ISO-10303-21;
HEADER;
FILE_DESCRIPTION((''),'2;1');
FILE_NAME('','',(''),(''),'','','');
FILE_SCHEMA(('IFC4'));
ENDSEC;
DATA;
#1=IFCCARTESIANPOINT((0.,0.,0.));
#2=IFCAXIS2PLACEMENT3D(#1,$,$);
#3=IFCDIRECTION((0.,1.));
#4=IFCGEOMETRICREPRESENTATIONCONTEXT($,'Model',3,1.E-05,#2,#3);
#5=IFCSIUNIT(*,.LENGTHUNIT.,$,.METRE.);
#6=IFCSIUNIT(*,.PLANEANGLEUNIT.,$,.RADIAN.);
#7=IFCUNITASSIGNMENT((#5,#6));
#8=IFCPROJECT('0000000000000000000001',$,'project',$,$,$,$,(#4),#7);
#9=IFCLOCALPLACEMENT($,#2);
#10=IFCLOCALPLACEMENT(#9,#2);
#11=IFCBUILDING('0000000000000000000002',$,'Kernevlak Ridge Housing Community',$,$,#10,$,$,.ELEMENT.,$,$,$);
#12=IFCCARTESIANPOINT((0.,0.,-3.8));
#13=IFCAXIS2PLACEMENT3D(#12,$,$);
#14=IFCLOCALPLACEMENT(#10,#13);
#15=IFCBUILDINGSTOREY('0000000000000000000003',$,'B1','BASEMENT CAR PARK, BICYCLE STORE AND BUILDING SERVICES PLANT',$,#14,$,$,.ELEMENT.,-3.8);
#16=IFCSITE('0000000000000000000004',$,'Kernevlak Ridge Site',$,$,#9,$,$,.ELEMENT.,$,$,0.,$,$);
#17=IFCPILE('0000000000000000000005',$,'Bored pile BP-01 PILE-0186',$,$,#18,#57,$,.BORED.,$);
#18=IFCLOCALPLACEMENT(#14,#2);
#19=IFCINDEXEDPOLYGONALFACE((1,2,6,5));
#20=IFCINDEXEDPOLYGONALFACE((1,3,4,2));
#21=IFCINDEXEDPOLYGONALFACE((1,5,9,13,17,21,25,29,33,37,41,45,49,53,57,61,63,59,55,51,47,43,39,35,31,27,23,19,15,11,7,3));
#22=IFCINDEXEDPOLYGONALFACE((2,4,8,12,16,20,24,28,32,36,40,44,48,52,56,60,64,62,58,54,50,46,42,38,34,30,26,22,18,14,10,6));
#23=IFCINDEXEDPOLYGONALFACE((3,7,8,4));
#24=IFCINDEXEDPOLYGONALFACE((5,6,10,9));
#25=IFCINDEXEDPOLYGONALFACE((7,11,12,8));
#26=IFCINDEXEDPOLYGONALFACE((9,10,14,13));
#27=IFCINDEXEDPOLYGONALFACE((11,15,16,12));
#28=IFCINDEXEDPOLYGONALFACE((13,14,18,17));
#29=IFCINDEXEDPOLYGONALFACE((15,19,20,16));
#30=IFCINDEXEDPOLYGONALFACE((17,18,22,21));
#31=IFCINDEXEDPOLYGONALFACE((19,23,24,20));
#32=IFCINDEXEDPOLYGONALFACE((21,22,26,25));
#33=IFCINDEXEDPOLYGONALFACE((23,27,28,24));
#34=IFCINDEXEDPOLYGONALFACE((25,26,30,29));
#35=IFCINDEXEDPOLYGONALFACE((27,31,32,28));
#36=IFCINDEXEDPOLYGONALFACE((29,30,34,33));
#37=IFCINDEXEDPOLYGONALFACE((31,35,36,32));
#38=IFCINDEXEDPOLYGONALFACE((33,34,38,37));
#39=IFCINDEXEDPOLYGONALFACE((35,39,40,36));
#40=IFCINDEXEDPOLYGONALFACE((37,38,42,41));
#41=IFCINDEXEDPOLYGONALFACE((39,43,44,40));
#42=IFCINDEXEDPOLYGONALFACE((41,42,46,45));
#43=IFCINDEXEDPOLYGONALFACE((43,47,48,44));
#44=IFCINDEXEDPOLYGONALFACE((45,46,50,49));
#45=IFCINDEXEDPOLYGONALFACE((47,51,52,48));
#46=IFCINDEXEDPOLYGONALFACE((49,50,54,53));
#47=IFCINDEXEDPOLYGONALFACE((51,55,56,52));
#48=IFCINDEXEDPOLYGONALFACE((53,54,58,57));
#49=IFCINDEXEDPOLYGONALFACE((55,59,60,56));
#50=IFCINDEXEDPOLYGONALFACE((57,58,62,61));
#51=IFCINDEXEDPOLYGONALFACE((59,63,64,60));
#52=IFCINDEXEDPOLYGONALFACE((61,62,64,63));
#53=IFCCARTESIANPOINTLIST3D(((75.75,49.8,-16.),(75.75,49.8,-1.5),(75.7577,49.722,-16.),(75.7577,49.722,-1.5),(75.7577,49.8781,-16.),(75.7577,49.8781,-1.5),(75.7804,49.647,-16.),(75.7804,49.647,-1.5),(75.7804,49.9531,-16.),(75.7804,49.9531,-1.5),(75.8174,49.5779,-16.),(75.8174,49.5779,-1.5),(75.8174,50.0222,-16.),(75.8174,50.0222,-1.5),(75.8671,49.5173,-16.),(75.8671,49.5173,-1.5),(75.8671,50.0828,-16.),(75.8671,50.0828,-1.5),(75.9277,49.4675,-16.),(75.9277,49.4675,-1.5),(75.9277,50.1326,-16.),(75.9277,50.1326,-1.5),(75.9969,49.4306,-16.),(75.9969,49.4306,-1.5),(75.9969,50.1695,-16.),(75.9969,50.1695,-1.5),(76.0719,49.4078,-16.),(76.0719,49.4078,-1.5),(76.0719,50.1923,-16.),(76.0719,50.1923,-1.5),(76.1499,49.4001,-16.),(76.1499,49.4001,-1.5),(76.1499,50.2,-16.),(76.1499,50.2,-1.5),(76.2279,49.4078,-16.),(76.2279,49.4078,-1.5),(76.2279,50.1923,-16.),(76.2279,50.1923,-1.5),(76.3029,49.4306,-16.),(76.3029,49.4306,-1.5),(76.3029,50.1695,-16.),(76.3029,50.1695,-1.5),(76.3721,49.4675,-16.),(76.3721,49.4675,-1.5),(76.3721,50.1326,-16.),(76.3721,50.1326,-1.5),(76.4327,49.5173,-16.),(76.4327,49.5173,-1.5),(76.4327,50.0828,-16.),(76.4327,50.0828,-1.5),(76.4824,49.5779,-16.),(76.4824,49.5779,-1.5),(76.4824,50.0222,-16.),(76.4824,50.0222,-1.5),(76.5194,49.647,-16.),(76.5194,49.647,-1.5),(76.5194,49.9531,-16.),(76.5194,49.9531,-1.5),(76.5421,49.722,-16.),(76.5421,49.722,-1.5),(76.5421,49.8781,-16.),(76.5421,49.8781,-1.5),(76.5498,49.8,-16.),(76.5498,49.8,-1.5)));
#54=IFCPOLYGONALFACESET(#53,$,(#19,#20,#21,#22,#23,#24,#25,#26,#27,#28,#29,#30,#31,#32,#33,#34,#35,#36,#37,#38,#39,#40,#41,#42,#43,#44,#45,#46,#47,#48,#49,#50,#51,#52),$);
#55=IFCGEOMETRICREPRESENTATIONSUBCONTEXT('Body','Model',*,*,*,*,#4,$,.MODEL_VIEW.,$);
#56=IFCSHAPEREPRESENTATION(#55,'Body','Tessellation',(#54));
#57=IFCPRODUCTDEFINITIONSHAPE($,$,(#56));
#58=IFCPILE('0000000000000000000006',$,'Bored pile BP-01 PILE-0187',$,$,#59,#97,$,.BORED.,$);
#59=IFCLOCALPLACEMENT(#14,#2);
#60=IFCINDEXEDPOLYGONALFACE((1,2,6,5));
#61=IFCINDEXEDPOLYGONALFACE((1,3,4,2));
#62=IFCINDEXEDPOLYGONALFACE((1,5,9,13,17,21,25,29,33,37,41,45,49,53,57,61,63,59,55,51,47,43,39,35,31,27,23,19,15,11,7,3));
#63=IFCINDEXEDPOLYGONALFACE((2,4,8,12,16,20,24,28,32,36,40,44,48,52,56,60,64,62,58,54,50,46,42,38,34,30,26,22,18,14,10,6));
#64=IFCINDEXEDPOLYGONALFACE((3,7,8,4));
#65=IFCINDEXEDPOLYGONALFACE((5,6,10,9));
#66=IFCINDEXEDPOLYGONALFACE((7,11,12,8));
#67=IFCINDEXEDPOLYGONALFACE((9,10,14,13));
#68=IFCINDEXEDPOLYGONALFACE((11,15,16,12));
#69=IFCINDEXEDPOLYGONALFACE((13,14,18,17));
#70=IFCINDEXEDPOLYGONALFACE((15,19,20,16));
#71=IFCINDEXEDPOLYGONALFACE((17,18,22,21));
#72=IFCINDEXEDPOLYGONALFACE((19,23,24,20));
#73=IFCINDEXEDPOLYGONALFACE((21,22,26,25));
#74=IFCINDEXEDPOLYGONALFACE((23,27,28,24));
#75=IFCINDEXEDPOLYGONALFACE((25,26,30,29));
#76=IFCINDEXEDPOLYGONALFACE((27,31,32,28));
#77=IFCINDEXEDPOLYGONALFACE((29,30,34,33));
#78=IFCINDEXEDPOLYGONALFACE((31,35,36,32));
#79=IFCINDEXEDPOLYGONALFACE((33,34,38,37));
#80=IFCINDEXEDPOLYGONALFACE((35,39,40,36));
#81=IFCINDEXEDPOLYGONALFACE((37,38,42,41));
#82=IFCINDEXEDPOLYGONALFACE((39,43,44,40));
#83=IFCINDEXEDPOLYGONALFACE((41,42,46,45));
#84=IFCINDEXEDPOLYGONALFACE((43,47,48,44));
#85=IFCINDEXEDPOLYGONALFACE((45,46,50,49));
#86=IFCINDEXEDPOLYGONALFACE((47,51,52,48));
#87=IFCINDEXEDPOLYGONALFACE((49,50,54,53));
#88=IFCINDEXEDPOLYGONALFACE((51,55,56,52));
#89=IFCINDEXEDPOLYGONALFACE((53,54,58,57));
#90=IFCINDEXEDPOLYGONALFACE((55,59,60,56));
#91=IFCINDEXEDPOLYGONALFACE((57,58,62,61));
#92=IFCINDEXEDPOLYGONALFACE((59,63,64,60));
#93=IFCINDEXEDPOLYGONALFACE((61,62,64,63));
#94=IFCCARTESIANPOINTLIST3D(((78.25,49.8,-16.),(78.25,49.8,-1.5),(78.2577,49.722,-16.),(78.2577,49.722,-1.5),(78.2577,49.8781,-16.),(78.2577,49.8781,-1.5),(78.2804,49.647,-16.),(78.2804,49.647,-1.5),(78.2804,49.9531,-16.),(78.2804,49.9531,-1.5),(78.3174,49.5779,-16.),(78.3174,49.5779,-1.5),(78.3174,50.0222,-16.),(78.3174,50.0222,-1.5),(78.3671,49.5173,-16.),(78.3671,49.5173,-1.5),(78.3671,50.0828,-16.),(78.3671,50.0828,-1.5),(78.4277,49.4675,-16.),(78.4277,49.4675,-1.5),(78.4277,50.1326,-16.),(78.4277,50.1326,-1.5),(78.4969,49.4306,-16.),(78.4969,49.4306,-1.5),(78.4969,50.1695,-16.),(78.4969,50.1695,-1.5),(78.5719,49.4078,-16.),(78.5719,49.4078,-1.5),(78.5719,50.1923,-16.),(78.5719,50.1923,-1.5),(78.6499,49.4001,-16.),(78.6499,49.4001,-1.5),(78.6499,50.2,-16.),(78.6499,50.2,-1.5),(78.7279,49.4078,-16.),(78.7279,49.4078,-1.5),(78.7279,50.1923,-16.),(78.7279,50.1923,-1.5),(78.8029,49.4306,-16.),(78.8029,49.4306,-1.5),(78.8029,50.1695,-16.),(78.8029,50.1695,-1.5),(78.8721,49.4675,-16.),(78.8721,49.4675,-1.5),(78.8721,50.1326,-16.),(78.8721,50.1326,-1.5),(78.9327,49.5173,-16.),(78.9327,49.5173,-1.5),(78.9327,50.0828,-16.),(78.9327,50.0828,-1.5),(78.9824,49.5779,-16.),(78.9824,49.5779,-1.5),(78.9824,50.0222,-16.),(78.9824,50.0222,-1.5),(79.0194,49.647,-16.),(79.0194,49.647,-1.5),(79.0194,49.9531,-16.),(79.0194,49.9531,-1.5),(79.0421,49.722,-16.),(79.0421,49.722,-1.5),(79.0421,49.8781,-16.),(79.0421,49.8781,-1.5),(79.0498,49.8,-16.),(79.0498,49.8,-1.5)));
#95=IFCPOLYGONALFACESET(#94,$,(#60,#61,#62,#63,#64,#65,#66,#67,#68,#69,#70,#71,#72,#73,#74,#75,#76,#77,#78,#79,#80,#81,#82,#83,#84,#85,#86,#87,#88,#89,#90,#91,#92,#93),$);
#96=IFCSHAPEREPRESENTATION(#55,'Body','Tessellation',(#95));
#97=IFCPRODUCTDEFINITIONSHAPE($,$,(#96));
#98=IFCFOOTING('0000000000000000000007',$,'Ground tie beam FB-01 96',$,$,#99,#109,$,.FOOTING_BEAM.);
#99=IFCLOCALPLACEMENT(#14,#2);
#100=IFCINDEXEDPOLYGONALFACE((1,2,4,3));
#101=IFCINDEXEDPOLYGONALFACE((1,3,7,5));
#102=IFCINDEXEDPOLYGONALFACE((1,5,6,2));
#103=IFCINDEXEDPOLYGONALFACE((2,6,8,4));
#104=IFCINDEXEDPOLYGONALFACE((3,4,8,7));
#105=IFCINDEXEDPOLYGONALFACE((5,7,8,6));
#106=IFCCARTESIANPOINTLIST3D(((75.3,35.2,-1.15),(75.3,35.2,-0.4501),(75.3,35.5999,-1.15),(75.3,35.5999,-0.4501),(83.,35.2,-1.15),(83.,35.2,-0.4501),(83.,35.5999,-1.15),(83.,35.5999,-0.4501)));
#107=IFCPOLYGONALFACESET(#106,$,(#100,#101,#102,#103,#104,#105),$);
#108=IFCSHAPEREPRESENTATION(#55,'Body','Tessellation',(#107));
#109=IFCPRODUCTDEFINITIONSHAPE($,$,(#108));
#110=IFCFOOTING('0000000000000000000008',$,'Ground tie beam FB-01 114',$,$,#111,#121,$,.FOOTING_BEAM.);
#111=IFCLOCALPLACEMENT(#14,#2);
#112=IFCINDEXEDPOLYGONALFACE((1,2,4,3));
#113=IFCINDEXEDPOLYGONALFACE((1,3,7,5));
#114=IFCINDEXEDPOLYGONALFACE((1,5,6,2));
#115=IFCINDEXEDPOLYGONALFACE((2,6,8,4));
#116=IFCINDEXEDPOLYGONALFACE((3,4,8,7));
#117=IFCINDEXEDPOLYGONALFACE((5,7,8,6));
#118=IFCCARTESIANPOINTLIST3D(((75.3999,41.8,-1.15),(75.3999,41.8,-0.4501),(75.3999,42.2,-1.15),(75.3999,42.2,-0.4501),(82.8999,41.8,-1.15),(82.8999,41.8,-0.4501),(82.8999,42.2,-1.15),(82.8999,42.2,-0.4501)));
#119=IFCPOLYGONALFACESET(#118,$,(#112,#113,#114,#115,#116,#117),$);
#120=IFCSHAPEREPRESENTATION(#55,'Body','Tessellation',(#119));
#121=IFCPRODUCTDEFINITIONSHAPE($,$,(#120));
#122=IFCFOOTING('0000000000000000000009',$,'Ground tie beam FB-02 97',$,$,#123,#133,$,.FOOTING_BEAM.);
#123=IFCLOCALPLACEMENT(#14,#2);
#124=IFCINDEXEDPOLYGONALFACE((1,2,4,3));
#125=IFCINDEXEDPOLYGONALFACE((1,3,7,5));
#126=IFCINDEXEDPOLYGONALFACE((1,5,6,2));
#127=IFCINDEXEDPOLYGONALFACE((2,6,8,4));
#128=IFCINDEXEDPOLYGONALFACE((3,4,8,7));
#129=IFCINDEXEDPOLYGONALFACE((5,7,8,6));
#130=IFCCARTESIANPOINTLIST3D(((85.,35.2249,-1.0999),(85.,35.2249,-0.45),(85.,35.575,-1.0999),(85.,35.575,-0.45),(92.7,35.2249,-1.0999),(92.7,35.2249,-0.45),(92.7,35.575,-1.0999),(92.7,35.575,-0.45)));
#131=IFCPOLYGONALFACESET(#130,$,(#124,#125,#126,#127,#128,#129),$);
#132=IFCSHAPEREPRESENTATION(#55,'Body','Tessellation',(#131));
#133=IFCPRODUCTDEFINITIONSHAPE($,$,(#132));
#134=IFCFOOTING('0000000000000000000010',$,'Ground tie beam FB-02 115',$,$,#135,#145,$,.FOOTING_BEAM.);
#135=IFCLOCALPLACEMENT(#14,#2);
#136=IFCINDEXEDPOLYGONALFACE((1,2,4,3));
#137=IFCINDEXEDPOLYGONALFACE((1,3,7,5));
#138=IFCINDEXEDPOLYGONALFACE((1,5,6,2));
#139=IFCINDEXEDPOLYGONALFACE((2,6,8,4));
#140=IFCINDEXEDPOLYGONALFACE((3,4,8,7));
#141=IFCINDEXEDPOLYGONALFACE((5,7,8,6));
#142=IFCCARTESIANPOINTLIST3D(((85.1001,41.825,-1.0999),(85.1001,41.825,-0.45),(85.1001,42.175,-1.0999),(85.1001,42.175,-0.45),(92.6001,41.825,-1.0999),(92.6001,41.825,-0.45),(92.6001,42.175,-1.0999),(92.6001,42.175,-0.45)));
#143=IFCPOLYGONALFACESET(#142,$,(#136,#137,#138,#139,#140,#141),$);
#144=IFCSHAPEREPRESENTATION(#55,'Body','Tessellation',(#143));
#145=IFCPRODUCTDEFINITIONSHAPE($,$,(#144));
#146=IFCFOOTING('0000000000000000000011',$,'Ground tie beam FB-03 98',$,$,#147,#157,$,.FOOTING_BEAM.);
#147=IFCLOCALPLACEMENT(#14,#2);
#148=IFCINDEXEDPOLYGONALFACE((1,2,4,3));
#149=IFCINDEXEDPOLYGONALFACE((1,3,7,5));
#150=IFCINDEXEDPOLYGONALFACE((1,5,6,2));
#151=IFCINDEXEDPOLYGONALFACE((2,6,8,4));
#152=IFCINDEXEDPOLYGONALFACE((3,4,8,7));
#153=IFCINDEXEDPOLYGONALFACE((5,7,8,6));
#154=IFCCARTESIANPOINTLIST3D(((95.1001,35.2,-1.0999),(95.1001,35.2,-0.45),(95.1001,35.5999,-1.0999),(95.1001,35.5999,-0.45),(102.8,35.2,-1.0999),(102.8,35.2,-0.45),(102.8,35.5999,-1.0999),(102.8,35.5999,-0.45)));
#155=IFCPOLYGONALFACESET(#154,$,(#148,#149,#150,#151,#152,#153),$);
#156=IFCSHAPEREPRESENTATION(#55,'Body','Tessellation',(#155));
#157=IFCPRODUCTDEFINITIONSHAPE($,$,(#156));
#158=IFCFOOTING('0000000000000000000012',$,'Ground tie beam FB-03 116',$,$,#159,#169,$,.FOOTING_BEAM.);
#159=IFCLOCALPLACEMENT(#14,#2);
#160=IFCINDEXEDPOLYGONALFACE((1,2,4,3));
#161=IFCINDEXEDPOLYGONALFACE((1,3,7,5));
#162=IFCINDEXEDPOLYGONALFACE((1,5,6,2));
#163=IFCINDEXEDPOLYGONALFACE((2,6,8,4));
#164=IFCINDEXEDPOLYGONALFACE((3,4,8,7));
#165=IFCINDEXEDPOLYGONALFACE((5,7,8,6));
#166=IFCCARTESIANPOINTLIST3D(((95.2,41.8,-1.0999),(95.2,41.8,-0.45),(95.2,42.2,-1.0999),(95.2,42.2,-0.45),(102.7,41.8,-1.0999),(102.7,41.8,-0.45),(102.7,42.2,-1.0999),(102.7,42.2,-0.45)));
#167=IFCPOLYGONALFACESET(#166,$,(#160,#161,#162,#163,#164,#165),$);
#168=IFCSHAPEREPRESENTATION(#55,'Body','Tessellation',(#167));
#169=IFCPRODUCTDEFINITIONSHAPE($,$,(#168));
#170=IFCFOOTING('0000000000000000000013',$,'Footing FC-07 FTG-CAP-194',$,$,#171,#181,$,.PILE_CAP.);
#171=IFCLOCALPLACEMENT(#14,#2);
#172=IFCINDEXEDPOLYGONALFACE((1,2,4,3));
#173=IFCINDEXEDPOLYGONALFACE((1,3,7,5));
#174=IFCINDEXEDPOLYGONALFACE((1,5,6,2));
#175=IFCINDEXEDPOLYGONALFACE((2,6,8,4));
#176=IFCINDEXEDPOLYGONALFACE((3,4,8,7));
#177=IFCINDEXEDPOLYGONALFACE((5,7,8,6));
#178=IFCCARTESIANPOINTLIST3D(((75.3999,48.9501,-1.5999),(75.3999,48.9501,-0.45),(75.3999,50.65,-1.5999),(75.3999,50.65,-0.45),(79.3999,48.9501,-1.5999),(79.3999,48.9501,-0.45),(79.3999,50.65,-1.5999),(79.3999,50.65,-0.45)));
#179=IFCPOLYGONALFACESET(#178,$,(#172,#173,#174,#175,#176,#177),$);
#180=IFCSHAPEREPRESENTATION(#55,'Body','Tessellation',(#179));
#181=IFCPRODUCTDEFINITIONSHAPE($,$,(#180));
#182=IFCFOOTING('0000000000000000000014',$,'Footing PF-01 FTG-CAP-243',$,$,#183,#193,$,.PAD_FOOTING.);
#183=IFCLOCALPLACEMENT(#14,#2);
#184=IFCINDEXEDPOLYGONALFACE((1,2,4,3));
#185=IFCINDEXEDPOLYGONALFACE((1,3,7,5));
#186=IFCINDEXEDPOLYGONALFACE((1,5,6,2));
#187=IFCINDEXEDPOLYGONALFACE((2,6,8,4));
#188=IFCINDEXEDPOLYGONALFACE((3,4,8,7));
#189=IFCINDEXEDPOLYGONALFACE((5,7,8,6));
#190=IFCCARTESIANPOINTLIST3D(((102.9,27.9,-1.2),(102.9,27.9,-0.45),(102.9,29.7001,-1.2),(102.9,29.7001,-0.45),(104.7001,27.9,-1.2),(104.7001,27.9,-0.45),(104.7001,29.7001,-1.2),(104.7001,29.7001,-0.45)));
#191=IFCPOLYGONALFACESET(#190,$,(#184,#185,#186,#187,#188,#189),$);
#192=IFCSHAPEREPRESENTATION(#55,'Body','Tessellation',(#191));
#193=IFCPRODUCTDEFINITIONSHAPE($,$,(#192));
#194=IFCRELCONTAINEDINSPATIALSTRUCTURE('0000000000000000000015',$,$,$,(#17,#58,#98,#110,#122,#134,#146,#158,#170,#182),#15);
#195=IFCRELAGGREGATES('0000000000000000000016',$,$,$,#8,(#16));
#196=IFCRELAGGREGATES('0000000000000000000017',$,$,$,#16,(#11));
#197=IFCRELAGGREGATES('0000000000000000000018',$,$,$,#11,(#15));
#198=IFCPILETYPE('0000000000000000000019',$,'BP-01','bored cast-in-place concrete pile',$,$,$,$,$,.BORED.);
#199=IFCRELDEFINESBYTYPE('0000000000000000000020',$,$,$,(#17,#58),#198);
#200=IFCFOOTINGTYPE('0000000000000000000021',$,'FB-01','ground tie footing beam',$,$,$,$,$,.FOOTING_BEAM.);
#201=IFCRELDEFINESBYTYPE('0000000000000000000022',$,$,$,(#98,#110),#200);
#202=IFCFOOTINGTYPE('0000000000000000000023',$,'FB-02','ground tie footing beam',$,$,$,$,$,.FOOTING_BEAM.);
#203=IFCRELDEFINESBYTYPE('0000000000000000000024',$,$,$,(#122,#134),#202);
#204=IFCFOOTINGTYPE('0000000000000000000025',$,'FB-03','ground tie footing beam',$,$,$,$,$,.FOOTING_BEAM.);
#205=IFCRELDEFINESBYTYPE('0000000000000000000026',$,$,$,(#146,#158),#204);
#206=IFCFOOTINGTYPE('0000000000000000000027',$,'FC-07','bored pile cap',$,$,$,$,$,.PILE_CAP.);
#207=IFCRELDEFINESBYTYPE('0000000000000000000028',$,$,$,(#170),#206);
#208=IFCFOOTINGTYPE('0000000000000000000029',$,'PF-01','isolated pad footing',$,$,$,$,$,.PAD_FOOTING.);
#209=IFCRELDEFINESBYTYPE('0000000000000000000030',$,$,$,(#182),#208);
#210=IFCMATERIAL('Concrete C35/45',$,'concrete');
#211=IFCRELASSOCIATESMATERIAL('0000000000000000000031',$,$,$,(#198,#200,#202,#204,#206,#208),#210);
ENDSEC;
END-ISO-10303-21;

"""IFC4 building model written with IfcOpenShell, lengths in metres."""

from ifc_helpers import new_model, si_unit, direction, frame, origin, origin_2d, place, context, subcontext, project, spatial, rectangle, circle, extrude, material, material_profile, profile_set, type_object, element, save


model = new_model("IFC4")

# Units and contexts
model_context = context("Model", 3, precision=1e-05, world=origin(), true_north=direction((0.0, 1.0)))
body_context = subcontext(model_context, "Body", "Model", "MODEL_VIEW")
ifc_project = project(units=[si_unit("LENGTHUNIT", "METRE"), si_unit("PLANEANGLEUNIT", "RADIAN")], contexts=[model_context])

# Site, building, storey
site_placement = place(None, origin())
site = spatial("IfcSite", under=ifc_project, at=site_placement, Name="Kernevlak Ridge Site", CompositionType="ELEMENT", RefElevation=0.0)
building_placement = place(site_placement, origin())
building = spatial("IfcBuilding", under=site, at=building_placement, Name="Kernevlak Ridge Housing Community", CompositionType="ELEMENT")
storey_placement = place(building_placement, frame((0.0, 0.0, -3.8)))
storey = spatial("IfcBuildingStorey", under=building, at=storey_placement, Name="B1", Description="BASEMENT CAR PARK, BICYCLE STORE AND BUILDING SERVICES PLANT", CompositionType="ELEMENT", Elevation=-3.8)

# Piles
ifc_material_1 = material(Name="Concrete C35/45", Category="concrete")
ifc_material_profile_1 = material_profile(ifc_material_1, circle(Radius=0.3999, at=origin_2d()), Name="BORED PILE 800")
ifc_profile_set_1 = profile_set([ifc_material_profile_1], Name="Concrete C35/45")
pile_type = type_object("IfcPileType", Name="BP-01", Description="bored cast-in-place concrete pile", PredefinedType="BORED", material=ifc_profile_set_1)
for number, where, z_axis, x_axis, name in (
    (1, (76.1499, 49.8, -1.5), (0.0, 0.0, -1.0), (1.0, 0.0, 0.0), "Bored pile BP-01 PILE-0186"),
    (2, (78.6499, 49.8, -1.5), (0.0, 0.0, -1.0), (1.0, 0.0, 0.0), "Bored pile BP-01 PILE-0187"),
):
    element("IfcPile", number, at=place(storey_placement, frame(where, z_axis=z_axis, x_axis=x_axis)), inside=storey, type_object=pile_type, Name=name, PredefinedType="BORED", context=body_context, shape_type="SweptSolid", body=[
        extrude(circle(Radius=0.3999, at=origin_2d()), origin(), (0.0, 0.0, 1.0), 14.5),
    ])

# Footings
ifc_material_profile_2 = material_profile(ifc_material_1, rectangle(XDim=0.3999, YDim=0.7, at=origin_2d()), Name="RC 400x700")
ifc_profile_set_2 = profile_set([ifc_material_profile_2], Name="Concrete C35/45")
footing_type_1 = type_object("IfcFootingType", Name="FB-01", Description="ground tie footing beam", PredefinedType="FOOTING_BEAM", material=ifc_profile_set_2)
footing_1_placement = place(storey_placement, frame((75.3, 35.3999, -0.8), z_axis=(1.0, 0.0, 0.0), x_axis=(0.0, 1.0, 0.0)))
element("IfcFooting", 3, at=footing_1_placement, inside=storey, type_object=footing_type_1, Name="Ground tie beam FB-01 96", PredefinedType="FOOTING_BEAM", context=body_context, shape_type="SweptSolid", body=[
    extrude(rectangle(XDim=0.3999, YDim=0.7, at=origin_2d()), origin(), (0.0, 0.0, 1.0), 7.7),
])
footing_2_placement = place(storey_placement, frame((75.3999, 42.0, -0.8), z_axis=(1.0, 0.0, 0.0), x_axis=(0.0, 1.0, 0.0)))
element("IfcFooting", 4, at=footing_2_placement, inside=storey, type_object=footing_type_1, Name="Ground tie beam FB-01 114", PredefinedType="FOOTING_BEAM", context=body_context, shape_type="SweptSolid", body=[
    extrude(rectangle(XDim=0.3999, YDim=0.7, at=origin_2d()), origin(), (0.0, 0.0, 1.0), 7.5),
])
ifc_material_profile_3 = material_profile(ifc_material_1, rectangle(XDim=0.3501, YDim=0.6499, at=origin_2d()), Name="RC 350x650")
ifc_profile_set_3 = profile_set([ifc_material_profile_3], Name="Concrete C35/45")
footing_type_2 = type_object("IfcFootingType", Name="FB-02", Description="ground tie footing beam", PredefinedType="FOOTING_BEAM", material=ifc_profile_set_3)
footing_3_placement = place(storey_placement, frame((85.0, 35.3999, -0.7749), z_axis=(1.0, 0.0, 0.0), x_axis=(0.0, 1.0, 0.0)))
element("IfcFooting", 5, at=footing_3_placement, inside=storey, type_object=footing_type_2, Name="Ground tie beam FB-02 97", PredefinedType="FOOTING_BEAM", context=body_context, shape_type="SweptSolid", body=[
    extrude(rectangle(XDim=0.3501, YDim=0.6499, at=origin_2d()), origin(), (0.0, 0.0, 1.0), 7.7),
])
footing_4_placement = place(storey_placement, frame((85.1001, 42.0, -0.7749), z_axis=(1.0, 0.0, 0.0), x_axis=(0.0, 1.0, 0.0)))
element("IfcFooting", 6, at=footing_4_placement, inside=storey, type_object=footing_type_2, Name="Ground tie beam FB-02 115", PredefinedType="FOOTING_BEAM", context=body_context, shape_type="SweptSolid", body=[
    extrude(rectangle(XDim=0.3501, YDim=0.6499, at=origin_2d()), origin(), (0.0, 0.0, 1.0), 7.5),
])
ifc_material_profile_4 = material_profile(ifc_material_1, rectangle(XDim=0.3999, YDim=0.6499, at=origin_2d()), Name="RC 400x650")
ifc_profile_set_4 = profile_set([ifc_material_profile_4], Name="Concrete C35/45")
footing_type_3 = type_object("IfcFootingType", Name="FB-03", Description="ground tie footing beam", PredefinedType="FOOTING_BEAM", material=ifc_profile_set_4)
footing_5_placement = place(storey_placement, frame((95.1001, 35.3999, -0.7749), z_axis=(1.0, 0.0, 0.0), x_axis=(0.0, 1.0, 0.0)))
element("IfcFooting", 7, at=footing_5_placement, inside=storey, type_object=footing_type_3, Name="Ground tie beam FB-03 98", PredefinedType="FOOTING_BEAM", context=body_context, shape_type="SweptSolid", body=[
    extrude(rectangle(XDim=0.3999, YDim=0.6499, at=origin_2d()), origin(), (0.0, 0.0, 1.0), 7.7),
])
footing_6_placement = place(storey_placement, frame((95.2, 42.0, -0.7749), z_axis=(1.0, 0.0, 0.0), x_axis=(0.0, 1.0, 0.0)))
element("IfcFooting", 8, at=footing_6_placement, inside=storey, type_object=footing_type_3, Name="Ground tie beam FB-03 116", PredefinedType="FOOTING_BEAM", context=body_context, shape_type="SweptSolid", body=[
    extrude(rectangle(XDim=0.3999, YDim=0.6499, at=origin_2d()), origin(), (0.0, 0.0, 1.0), 7.5),
])
footing_type_4 = type_object("IfcFootingType", Name="FC-07", Description="bored pile cap", PredefinedType="PILE_CAP", material=ifc_material_1)
footing_7_placement = place(storey_placement, frame((77.3999, 49.8, -1.5999), z_axis=(0.0, 0.0, 1.0), x_axis=(1.0, 0.0, 0.0)))
element("IfcFooting", 9, at=footing_7_placement, inside=storey, type_object=footing_type_4, Name="Footing FC-07 FTG-CAP-194", PredefinedType="PILE_CAP", context=body_context, shape_type="SweptSolid", body=[
    extrude(rectangle(XDim=4.0, YDim=1.7, at=origin_2d()), origin(), (0.0, 0.0, 1.0), 1.1499),
])
footing_type_5 = type_object("IfcFootingType", Name="PF-01", Description="isolated pad footing", PredefinedType="PAD_FOOTING", material=ifc_material_1)
footing_8_placement = place(storey_placement, frame((103.8, 28.8, -1.2), z_axis=(0.0, 0.0, 1.0), x_axis=(1.0, 0.0, 0.0)))
element("IfcFooting", 10, at=footing_8_placement, inside=storey, type_object=footing_type_5, Name="Footing PF-01 FTG-CAP-243", PredefinedType="PAD_FOOTING", context=body_context, shape_type="SweptSolid", body=[
    extrude(rectangle(XDim=1.8, YDim=1.8, at=origin_2d()), origin(), (0.0, 0.0, 1.0), 0.75),
])

save(model, "model.ifc")
